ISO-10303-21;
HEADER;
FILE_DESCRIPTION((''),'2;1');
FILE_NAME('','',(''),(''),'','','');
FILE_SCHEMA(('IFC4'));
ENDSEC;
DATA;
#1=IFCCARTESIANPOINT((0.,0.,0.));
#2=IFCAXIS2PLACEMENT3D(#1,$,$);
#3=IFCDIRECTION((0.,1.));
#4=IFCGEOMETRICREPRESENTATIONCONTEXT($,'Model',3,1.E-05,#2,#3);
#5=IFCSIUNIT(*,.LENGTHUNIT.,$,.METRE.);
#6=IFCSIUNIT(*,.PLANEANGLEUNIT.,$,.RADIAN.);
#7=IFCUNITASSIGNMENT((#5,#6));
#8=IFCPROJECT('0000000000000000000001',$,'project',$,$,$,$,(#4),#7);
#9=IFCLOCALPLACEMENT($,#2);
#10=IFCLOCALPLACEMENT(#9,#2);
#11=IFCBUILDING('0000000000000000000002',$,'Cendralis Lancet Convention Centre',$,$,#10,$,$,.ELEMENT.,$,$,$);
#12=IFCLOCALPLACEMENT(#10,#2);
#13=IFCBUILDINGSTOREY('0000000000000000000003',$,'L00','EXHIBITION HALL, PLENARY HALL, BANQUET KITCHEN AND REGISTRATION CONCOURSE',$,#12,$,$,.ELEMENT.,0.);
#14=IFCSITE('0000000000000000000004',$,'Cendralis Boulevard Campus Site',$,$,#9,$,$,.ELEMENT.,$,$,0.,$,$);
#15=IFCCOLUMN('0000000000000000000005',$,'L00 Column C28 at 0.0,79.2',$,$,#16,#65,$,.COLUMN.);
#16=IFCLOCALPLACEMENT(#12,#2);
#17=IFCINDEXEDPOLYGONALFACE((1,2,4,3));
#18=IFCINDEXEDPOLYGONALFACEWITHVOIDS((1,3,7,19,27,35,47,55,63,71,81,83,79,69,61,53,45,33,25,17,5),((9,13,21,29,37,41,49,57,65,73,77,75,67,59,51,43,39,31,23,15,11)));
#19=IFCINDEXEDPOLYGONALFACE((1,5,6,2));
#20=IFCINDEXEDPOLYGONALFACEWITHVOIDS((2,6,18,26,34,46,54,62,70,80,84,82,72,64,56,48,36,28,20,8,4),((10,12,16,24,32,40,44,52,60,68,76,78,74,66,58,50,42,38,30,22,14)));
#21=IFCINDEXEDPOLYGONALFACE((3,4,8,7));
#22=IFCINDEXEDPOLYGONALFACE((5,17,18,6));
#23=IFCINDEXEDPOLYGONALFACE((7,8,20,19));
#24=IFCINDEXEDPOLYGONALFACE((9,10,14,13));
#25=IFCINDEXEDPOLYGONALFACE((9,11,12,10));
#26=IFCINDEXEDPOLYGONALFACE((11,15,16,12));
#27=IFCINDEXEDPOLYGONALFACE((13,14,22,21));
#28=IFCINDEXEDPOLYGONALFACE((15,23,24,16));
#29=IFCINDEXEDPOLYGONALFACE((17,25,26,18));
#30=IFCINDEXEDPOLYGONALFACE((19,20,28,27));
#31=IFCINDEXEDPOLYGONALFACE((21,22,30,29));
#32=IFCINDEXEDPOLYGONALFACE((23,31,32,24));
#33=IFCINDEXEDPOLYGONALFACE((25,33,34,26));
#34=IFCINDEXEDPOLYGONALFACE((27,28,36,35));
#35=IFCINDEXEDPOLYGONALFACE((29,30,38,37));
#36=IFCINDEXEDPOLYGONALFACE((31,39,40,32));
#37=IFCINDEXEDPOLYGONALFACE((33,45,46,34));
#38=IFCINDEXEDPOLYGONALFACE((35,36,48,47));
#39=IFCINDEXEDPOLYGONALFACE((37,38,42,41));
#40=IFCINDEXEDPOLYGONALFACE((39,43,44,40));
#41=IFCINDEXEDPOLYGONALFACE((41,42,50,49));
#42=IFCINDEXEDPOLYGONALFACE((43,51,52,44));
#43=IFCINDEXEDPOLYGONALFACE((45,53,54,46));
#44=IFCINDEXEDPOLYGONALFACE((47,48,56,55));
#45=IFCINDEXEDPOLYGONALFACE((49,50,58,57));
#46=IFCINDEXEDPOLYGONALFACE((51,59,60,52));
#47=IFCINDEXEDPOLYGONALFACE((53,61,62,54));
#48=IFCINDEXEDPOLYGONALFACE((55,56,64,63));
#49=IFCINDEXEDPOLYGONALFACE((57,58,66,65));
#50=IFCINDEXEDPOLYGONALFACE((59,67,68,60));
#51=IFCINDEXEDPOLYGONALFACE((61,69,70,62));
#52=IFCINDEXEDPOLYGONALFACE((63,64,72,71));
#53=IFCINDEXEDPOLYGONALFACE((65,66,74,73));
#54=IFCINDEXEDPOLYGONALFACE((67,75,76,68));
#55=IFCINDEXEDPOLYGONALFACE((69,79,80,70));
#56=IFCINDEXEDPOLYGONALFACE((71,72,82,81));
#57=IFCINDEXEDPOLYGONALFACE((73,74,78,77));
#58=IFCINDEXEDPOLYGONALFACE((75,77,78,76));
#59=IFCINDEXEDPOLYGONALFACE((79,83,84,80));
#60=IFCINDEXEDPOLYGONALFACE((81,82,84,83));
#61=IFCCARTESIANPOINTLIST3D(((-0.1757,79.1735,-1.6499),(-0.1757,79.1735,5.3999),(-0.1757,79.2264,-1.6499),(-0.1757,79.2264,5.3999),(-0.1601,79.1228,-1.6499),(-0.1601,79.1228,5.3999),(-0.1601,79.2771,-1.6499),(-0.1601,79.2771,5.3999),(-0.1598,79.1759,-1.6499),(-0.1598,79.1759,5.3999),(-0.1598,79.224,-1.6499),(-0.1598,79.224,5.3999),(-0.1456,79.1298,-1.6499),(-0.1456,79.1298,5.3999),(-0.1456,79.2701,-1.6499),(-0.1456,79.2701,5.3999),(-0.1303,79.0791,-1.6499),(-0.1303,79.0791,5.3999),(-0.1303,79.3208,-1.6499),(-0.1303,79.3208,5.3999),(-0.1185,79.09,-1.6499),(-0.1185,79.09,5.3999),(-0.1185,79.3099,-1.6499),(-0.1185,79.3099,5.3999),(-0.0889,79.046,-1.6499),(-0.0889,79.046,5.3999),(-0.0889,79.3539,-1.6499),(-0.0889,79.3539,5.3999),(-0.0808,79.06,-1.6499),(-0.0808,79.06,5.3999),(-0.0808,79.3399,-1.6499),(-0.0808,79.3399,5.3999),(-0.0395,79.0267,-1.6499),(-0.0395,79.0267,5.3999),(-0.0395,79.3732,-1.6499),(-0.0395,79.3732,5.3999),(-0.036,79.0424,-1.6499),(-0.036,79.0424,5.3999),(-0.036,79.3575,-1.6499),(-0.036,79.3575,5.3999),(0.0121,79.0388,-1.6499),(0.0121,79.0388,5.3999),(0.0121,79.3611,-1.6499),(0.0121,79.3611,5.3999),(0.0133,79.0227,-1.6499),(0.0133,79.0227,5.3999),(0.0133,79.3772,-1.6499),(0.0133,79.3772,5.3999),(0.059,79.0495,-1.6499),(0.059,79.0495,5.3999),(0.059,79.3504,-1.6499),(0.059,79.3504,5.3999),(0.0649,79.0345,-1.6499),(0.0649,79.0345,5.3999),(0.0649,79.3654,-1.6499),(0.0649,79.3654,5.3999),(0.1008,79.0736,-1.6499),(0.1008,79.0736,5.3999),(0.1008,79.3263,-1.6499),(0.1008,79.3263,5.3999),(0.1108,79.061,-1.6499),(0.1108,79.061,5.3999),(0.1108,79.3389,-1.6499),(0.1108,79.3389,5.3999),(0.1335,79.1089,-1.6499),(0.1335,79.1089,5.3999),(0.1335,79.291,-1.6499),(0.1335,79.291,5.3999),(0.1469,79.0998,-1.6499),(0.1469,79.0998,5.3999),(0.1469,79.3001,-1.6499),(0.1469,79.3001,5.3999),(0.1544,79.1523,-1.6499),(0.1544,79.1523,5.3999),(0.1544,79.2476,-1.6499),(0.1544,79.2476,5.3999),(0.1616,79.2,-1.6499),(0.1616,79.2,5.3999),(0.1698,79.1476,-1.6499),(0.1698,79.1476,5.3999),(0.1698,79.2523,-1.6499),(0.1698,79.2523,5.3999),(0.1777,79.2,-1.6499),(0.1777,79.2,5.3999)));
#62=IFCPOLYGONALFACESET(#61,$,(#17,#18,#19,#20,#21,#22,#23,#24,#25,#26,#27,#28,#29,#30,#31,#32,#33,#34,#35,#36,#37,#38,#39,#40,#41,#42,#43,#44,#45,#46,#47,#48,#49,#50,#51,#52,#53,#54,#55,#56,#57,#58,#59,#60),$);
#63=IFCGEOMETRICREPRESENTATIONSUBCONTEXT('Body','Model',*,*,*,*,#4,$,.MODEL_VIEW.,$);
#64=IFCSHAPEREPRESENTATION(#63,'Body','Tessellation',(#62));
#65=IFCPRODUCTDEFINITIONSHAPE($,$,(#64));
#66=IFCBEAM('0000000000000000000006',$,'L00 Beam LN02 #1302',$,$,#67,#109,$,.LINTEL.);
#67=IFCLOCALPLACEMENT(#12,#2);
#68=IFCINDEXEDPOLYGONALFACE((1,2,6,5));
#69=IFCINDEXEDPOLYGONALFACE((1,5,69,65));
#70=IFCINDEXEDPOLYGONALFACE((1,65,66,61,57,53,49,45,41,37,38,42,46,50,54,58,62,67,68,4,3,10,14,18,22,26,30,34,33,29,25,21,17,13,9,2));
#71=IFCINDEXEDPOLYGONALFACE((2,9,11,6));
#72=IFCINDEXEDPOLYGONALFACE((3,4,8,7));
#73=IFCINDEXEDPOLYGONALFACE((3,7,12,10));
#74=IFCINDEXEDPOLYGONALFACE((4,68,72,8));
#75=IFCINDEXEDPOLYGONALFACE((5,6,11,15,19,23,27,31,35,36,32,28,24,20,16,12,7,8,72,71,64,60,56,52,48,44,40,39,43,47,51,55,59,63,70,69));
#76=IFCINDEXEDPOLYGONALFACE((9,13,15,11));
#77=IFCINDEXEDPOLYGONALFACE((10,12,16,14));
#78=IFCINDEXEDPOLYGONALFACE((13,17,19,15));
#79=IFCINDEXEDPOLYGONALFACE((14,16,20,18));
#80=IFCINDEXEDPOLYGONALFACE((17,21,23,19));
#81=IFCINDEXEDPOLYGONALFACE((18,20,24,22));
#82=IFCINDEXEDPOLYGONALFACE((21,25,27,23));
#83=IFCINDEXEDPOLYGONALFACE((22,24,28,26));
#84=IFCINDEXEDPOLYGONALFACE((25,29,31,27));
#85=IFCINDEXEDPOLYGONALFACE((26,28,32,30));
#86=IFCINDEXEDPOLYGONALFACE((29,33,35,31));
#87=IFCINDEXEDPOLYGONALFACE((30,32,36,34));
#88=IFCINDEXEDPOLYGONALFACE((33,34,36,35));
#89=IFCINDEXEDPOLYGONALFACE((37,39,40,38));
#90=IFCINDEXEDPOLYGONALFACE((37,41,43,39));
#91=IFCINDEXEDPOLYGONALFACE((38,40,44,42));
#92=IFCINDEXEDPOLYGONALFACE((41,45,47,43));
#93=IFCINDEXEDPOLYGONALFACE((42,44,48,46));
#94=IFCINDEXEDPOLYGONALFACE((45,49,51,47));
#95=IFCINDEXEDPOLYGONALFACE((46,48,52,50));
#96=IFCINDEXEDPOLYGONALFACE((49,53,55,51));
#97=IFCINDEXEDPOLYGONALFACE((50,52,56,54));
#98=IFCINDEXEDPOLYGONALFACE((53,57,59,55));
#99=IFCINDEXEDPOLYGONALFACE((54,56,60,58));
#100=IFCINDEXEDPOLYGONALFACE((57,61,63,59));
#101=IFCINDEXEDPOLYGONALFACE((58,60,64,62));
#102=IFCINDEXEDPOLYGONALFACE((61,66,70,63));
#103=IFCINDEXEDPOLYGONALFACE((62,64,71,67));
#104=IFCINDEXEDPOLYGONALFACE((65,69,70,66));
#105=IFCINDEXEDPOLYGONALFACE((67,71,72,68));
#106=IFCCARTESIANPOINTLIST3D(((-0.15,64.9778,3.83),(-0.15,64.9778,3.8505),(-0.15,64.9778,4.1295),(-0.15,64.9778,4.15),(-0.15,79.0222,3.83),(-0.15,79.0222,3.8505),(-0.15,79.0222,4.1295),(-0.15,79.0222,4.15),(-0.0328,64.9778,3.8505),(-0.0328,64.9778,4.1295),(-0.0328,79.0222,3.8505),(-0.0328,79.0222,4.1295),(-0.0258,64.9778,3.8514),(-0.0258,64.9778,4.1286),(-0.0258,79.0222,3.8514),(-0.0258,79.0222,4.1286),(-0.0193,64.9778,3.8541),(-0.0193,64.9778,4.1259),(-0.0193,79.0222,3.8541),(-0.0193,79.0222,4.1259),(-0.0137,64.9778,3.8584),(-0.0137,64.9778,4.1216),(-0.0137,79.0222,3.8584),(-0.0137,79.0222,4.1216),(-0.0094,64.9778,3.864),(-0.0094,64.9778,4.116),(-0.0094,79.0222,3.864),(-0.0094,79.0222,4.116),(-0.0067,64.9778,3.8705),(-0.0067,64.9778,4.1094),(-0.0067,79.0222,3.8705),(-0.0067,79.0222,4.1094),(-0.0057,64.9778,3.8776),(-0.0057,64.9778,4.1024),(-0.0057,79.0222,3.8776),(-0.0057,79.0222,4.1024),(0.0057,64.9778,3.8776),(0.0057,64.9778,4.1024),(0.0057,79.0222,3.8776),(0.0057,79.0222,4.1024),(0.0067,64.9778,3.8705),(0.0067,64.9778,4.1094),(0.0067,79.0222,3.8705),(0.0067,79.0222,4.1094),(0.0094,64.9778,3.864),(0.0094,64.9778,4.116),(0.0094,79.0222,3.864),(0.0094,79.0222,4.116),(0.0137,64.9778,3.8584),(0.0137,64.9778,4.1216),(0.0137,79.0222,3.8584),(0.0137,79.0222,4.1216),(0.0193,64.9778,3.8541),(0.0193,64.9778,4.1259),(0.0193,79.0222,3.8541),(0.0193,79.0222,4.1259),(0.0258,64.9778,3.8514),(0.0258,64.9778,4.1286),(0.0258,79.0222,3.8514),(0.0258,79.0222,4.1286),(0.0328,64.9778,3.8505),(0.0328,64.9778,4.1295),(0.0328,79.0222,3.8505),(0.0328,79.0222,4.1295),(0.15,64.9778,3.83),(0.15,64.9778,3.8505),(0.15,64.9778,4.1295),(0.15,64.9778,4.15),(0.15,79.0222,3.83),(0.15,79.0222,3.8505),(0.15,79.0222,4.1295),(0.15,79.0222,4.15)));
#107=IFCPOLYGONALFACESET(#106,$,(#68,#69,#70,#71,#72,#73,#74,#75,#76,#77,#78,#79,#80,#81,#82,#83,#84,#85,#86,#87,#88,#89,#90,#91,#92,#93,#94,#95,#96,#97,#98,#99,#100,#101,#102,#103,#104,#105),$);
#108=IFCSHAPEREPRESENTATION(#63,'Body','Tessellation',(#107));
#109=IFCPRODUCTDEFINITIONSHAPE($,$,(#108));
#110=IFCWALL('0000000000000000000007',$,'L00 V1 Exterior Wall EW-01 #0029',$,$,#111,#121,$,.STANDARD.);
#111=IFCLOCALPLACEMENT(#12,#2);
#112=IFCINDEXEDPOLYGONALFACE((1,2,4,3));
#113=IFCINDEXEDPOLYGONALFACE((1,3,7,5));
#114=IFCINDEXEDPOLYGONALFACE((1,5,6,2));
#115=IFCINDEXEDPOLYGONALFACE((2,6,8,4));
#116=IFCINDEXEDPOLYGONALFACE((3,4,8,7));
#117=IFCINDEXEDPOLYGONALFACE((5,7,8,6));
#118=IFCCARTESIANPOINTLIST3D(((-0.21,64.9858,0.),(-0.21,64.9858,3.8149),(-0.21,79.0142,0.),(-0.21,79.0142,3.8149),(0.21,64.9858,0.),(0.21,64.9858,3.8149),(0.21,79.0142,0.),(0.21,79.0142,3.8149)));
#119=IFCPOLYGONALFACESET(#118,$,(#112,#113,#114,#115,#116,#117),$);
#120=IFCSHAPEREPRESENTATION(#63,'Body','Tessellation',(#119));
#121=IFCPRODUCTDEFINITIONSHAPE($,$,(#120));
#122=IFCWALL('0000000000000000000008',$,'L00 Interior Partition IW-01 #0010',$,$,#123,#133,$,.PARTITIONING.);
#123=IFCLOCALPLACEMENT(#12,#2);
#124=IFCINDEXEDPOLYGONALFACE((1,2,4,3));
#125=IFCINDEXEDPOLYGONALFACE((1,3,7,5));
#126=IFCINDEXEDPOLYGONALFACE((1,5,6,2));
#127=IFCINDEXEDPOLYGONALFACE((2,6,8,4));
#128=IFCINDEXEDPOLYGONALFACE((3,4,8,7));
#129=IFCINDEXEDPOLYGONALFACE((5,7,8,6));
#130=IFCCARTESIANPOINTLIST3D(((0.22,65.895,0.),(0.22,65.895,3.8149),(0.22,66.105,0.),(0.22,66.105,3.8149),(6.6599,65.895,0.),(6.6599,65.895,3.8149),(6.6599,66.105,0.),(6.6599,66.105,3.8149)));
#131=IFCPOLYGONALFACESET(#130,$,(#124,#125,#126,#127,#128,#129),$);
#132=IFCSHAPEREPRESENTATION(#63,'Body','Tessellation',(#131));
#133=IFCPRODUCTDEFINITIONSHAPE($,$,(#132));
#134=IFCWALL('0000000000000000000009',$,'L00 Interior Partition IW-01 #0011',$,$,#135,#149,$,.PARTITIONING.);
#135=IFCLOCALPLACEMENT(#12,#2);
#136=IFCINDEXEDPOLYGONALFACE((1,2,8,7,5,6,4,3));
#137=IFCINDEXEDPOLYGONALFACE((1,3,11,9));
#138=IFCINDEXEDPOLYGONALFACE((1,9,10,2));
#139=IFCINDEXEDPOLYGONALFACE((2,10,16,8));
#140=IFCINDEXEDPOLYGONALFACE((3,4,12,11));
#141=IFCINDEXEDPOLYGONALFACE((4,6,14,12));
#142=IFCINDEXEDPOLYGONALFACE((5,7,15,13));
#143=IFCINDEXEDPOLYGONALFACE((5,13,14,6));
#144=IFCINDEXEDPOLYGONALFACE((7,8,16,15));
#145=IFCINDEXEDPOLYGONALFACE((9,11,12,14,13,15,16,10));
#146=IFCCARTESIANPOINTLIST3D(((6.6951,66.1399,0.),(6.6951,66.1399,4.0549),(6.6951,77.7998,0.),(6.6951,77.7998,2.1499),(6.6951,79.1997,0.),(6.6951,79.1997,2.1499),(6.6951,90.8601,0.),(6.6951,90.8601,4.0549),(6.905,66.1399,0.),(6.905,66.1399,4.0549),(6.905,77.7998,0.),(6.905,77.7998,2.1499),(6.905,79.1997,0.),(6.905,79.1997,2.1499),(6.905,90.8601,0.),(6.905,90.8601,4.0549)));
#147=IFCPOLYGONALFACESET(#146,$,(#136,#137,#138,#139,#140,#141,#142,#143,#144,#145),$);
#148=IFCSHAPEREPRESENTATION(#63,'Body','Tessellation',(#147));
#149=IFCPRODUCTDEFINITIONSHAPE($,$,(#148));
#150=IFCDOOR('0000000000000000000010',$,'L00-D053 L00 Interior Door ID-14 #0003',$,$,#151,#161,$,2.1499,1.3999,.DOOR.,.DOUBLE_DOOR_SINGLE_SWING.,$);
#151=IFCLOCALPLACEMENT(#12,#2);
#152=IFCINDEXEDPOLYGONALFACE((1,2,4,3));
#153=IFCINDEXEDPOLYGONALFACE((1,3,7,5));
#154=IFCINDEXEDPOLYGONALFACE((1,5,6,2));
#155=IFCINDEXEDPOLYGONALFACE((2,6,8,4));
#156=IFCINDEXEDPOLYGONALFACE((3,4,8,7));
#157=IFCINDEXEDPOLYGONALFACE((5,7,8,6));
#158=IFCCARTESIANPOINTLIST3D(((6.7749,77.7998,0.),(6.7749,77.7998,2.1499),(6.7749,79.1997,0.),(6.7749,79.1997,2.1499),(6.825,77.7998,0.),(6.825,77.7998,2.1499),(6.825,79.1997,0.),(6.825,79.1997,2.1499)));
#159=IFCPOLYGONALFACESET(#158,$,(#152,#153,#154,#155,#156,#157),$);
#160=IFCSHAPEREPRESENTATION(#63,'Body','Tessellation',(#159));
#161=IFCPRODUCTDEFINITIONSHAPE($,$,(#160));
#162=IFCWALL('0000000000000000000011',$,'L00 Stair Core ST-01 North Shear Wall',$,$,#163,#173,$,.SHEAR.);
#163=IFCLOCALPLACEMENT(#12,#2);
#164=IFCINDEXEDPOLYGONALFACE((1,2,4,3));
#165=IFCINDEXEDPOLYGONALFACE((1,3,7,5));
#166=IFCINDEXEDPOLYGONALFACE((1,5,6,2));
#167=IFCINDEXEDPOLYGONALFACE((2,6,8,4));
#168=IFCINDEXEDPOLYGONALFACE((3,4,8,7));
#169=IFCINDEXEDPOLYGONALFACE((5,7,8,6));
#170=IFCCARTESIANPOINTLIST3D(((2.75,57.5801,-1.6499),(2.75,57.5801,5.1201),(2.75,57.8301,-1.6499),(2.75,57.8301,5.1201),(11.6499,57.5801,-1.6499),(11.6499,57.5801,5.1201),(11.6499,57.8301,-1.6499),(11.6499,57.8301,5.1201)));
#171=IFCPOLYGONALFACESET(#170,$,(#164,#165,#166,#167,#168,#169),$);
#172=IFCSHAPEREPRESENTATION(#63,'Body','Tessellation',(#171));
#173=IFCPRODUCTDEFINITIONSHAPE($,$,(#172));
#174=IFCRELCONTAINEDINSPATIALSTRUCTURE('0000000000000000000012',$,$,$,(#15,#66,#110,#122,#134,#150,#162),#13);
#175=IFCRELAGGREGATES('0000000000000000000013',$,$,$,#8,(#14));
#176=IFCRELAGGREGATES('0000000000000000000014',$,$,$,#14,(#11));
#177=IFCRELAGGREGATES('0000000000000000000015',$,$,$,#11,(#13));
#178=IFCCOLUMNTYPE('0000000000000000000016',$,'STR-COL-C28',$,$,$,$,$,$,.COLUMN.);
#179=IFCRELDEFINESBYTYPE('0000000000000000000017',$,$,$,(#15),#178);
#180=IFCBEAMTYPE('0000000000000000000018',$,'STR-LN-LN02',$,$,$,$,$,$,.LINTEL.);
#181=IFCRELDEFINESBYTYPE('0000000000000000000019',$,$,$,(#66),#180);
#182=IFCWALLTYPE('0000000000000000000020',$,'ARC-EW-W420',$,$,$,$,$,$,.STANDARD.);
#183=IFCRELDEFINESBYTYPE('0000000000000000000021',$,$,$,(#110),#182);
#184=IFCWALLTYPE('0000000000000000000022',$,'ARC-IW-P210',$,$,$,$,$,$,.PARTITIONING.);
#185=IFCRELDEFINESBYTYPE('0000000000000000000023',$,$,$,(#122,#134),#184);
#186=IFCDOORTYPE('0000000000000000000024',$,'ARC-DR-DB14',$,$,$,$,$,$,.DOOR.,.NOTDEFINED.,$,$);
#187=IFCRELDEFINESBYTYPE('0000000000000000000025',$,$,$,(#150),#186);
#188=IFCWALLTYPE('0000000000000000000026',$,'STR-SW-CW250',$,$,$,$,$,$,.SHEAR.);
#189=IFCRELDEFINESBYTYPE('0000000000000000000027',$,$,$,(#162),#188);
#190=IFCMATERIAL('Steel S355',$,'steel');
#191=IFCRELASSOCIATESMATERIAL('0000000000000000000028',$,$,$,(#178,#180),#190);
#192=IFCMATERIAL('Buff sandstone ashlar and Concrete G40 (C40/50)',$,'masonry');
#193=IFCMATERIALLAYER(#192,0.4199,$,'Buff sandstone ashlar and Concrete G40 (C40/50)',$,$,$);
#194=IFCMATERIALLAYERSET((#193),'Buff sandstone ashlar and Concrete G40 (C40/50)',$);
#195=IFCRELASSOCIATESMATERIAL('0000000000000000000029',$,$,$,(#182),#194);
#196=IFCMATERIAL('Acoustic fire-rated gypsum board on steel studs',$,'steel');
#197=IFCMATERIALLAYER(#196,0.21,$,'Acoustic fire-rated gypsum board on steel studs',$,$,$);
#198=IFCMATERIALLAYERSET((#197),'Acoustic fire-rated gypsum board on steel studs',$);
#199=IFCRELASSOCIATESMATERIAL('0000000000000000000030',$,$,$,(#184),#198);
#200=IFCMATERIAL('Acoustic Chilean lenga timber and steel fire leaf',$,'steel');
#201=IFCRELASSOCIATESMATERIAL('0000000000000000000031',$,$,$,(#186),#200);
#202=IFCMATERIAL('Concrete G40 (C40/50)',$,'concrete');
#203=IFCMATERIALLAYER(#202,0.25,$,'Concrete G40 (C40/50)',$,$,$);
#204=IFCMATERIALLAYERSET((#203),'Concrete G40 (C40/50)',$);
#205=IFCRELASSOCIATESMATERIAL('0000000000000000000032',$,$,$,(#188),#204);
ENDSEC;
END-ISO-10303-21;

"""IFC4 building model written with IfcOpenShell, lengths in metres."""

from ifc_helpers import new_model, si_unit, direction, frame, frame_2d, origin, origin_2d, place, context, subcontext, project, spatial, rectangle, hollow_circle, i_section, extrude, material, layer, layer_set, material_profile, profile_set, type_object, element, fill, save


model = new_model("IFC4")

# Units and contexts
model_context = context("Model", 3, precision=1e-05, world=origin(), true_north=direction((0.0, 1.0)))
body_context = subcontext(model_context, "Body", "Model", "MODEL_VIEW")
ifc_project = project(units=[si_unit("LENGTHUNIT", "METRE"), si_unit("PLANEANGLEUNIT", "RADIAN")], contexts=[model_context])

# Site, building, storey
site_placement = place(None, origin())
site = spatial("IfcSite", under=ifc_project, at=site_placement, Name="Cendralis Boulevard Campus Site", CompositionType="ELEMENT", RefElevation=0.0)
building_placement = place(site_placement, origin())
building = spatial("IfcBuilding", under=site, at=building_placement, Name="Cendralis Lancet Convention Centre", CompositionType="ELEMENT")
storey_placement = place(building_placement, origin())
storey = spatial("IfcBuildingStorey", under=building, at=storey_placement, Name="L00", Description="EXHIBITION HALL, PLENARY HALL, BANQUET KITCHEN AND REGISTRATION CONCOURSE", CompositionType="ELEMENT", Elevation=0.0)

# Column
ifc_material_1 = material(Name="Concrete G40 (C40/50)", Category="concrete")
ifc_material_2 = material(Name="Steel S355", Category="steel")
ifc_material_profile_1 = material_profile(ifc_material_2, hollow_circle(Radius=0.1777, WallThickness=0.0161, at=origin_2d()), Name="CHS 355.6x16.0")
ifc_profile_set_1 = profile_set([ifc_material_profile_1], Name="Steel S355")
column_type_1 = type_object("IfcColumnType", Name="STR-COL-C28", PredefinedType="COLUMN", material=ifc_profile_set_1)
for number, where, z_axis, x_axis, name in (
    (1, (0.0, 79.2, -1.6499), (0.0, 0.0, 1.0), (1.0, 0.0, 0.0), "L00 Column C28 at 0.0,79.2"),
):
    element("IfcColumn", number, at=place(storey_placement, frame(where, z_axis=z_axis, x_axis=x_axis)), inside=storey, type_object=column_type_1, Name=name, PredefinedType="COLUMN", context=body_context, shape_type="SweptSolid", body=[
        extrude(hollow_circle(Radius=0.1777, WallThickness=0.0161, at=origin_2d()), origin(), (0.0, 0.0, 1.0), 7.0498),
    ])

# Beam
ifc_material_profile_2 = material_profile(ifc_material_2, i_section(OverallWidth=0.3, OverallDepth=0.3201, WebThickness=0.0115, FlangeThickness=0.0205, FilletRadius=0.0271, at=origin_2d()), Name="HEB 320")
ifc_profile_set_2 = profile_set([ifc_material_profile_2], Name="Steel S355")
beam_type = type_object("IfcBeamType", Name="STR-LN-LN02", PredefinedType="LINTEL", material=ifc_profile_set_2)
beam_placement = place(storey_placement, frame((0.0, 64.9778, 3.99), z_axis=(0.0, 1.0, 0.0), x_axis=(-1.0, 0.0, 0.0)))
element("IfcBeam", 2, at=beam_placement, inside=storey, type_object=beam_type, Name="L00 Beam LN02 #1302", PredefinedType="LINTEL", context=body_context, shape_type="SweptSolid", body=[
    extrude(i_section(OverallWidth=0.3, OverallDepth=0.3201, WebThickness=0.0115, FlangeThickness=0.0205, FilletRadius=0.0271, at=origin_2d()), origin(), (0.0, 0.0, 1.0), 14.0444),
])

# Walls
ifc_material_3 = material(Name="Buff sandstone ashlar and Concrete G40 (C40/50)", Category="masonry")
ifc_layer_1 = layer(ifc_material_3, 0.4199, Name="Buff sandstone ashlar and Concrete G40 (C40/50)")
ifc_layer_set_1 = layer_set([ifc_layer_1], Name="Buff sandstone ashlar and Concrete G40 (C40/50)")
wall_type_1 = type_object("IfcWallType", Name="ARC-EW-W420", PredefinedType="STANDARD", material=ifc_layer_set_1)
wall_1_placement = place(storey_placement, frame((0.0, 64.9858, 0.0), z_axis=(0.0, 0.0, 1.0), x_axis=(0.0, 1.0, 0.0)))
element("IfcWall", 3, at=wall_1_placement, inside=storey, type_object=wall_type_1, Name="L00 V1 Exterior Wall EW-01 #0029", PredefinedType="STANDARD", context=body_context, shape_type="SweptSolid", body=[
    extrude(rectangle(XDim=14.0283, YDim=0.4199, at=frame_2d((7.0142, 0.0))), origin(), (0.0, 0.0, 1.0), 3.8149),
])
ifc_material_4 = material(Name="Acoustic fire-rated gypsum board on steel studs", Category="steel")
ifc_layer_2 = layer(ifc_material_4, 0.21, Name="Acoustic fire-rated gypsum board on steel studs")
ifc_layer_set_2 = layer_set([ifc_layer_2], Name="Acoustic fire-rated gypsum board on steel studs")
wall_type_2 = type_object("IfcWallType", Name="ARC-IW-P210", PredefinedType="PARTITIONING", material=ifc_layer_set_2)
wall_2_placement = place(storey_placement, frame((0.22, 66.0, 0.0), z_axis=(0.0, 0.0, 1.0), x_axis=(1.0, 0.0, 0.0)))
element("IfcWall", 4, at=wall_2_placement, inside=storey, type_object=wall_type_2, Name="L00 Interior Partition IW-01 #0010", PredefinedType="PARTITIONING", context=body_context, shape_type="SweptSolid", body=[
    extrude(rectangle(XDim=6.4399, YDim=0.21, at=frame_2d((3.22, 0.0))), origin(), (0.0, 0.0, 1.0), 3.8149),
])

# Wall, opening, door
wall_3_placement = place(storey_placement, frame((6.8, 66.1399, 0.0), z_axis=(0.0, 0.0, 1.0), x_axis=(0.0, 1.0, 0.0)))
wall_3 = element("IfcWall", 5, at=wall_3_placement, inside=storey, type_object=wall_type_2, Name="L00 Interior Partition IW-01 #0011", PredefinedType="PARTITIONING", context=body_context, shape_type="SweptSolid", body=[
    extrude(rectangle(XDim=24.7202, YDim=0.21, at=frame_2d((12.3601, 0.0))), origin(), (0.0, 0.0, 1.0), 4.0549),
])
opening_placement = place(wall_3_placement, frame((11.6599, 0.0, 0.0)))
opening = element("IfcOpeningElement", 6, at=opening_placement, cuts=wall_3, PredefinedType="OPENING", context=body_context, shape_type="SweptSolid", body=[
    extrude(rectangle(XDim=1.3999, YDim=2.1499, at=frame_2d((0.7, 1.075))), frame((0.0, 0.115, 0.0), z_axis=(0.0, -1.0, 0.0), x_axis=(1.0, 0.0, 0.0)), (0.0, 0.0, 1.0), 0.23),
])
ifc_material_5 = material(Name="Acoustic Chilean lenga timber and steel fire leaf", Category="steel")
door_type = type_object("IfcDoorType", Name="ARC-DR-DB14", OperationType="NOTDEFINED", PredefinedType="DOOR", material=ifc_material_5)
door_placement = place(opening_placement, frame((1.3999, 0.0, 0.0), z_axis=(0.0, 0.0, 1.0), x_axis=(-1.0, 0.0, 0.0)))
door = element("IfcDoor", 7, at=door_placement, inside=storey, type_object=door_type, Name="L00-D053 L00 Interior Door ID-14 #0003", OperationType="DOUBLE_DOOR_SINGLE_SWING", OverallHeight=2.1499, OverallWidth=1.3999, PredefinedType="DOOR", context=body_context, shape_type="SweptSolid", body=[
    extrude(rectangle(XDim=1.3999, YDim=2.1499, at=frame_2d((0.7, 1.075))), frame((0.0, 0.0249, 0.0), z_axis=(0.0, -1.0, 0.0), x_axis=(1.0, 0.0, 0.0)), (0.0, 0.0, 1.0), 0.05),
])
fill(opening, door)

# Wall
ifc_layer_3 = layer(ifc_material_1, 0.25, Name="Concrete G40 (C40/50)")
ifc_layer_set_3 = layer_set([ifc_layer_3], Name="Concrete G40 (C40/50)")
wall_type_3 = type_object("IfcWallType", Name="STR-SW-CW250", PredefinedType="SHEAR", material=ifc_layer_set_3)
wall_4_placement = place(storey_placement, frame((2.75, 57.7051, -1.6499), z_axis=(0.0, 0.0, 1.0), x_axis=(1.0, 0.0, 0.0)))
element("IfcWall", 8, at=wall_4_placement, inside=storey, type_object=wall_type_3, Name="L00 Stair Core ST-01 North Shear Wall", PredefinedType="SHEAR", context=body_context, shape_type="SweptSolid", body=[
    extrude(rectangle(XDim=8.8999, YDim=0.25, at=frame_2d((4.45, 0.0))), origin(), (0.0, 0.0, 1.0), 6.77),
])

save(model, "model.ifc")
